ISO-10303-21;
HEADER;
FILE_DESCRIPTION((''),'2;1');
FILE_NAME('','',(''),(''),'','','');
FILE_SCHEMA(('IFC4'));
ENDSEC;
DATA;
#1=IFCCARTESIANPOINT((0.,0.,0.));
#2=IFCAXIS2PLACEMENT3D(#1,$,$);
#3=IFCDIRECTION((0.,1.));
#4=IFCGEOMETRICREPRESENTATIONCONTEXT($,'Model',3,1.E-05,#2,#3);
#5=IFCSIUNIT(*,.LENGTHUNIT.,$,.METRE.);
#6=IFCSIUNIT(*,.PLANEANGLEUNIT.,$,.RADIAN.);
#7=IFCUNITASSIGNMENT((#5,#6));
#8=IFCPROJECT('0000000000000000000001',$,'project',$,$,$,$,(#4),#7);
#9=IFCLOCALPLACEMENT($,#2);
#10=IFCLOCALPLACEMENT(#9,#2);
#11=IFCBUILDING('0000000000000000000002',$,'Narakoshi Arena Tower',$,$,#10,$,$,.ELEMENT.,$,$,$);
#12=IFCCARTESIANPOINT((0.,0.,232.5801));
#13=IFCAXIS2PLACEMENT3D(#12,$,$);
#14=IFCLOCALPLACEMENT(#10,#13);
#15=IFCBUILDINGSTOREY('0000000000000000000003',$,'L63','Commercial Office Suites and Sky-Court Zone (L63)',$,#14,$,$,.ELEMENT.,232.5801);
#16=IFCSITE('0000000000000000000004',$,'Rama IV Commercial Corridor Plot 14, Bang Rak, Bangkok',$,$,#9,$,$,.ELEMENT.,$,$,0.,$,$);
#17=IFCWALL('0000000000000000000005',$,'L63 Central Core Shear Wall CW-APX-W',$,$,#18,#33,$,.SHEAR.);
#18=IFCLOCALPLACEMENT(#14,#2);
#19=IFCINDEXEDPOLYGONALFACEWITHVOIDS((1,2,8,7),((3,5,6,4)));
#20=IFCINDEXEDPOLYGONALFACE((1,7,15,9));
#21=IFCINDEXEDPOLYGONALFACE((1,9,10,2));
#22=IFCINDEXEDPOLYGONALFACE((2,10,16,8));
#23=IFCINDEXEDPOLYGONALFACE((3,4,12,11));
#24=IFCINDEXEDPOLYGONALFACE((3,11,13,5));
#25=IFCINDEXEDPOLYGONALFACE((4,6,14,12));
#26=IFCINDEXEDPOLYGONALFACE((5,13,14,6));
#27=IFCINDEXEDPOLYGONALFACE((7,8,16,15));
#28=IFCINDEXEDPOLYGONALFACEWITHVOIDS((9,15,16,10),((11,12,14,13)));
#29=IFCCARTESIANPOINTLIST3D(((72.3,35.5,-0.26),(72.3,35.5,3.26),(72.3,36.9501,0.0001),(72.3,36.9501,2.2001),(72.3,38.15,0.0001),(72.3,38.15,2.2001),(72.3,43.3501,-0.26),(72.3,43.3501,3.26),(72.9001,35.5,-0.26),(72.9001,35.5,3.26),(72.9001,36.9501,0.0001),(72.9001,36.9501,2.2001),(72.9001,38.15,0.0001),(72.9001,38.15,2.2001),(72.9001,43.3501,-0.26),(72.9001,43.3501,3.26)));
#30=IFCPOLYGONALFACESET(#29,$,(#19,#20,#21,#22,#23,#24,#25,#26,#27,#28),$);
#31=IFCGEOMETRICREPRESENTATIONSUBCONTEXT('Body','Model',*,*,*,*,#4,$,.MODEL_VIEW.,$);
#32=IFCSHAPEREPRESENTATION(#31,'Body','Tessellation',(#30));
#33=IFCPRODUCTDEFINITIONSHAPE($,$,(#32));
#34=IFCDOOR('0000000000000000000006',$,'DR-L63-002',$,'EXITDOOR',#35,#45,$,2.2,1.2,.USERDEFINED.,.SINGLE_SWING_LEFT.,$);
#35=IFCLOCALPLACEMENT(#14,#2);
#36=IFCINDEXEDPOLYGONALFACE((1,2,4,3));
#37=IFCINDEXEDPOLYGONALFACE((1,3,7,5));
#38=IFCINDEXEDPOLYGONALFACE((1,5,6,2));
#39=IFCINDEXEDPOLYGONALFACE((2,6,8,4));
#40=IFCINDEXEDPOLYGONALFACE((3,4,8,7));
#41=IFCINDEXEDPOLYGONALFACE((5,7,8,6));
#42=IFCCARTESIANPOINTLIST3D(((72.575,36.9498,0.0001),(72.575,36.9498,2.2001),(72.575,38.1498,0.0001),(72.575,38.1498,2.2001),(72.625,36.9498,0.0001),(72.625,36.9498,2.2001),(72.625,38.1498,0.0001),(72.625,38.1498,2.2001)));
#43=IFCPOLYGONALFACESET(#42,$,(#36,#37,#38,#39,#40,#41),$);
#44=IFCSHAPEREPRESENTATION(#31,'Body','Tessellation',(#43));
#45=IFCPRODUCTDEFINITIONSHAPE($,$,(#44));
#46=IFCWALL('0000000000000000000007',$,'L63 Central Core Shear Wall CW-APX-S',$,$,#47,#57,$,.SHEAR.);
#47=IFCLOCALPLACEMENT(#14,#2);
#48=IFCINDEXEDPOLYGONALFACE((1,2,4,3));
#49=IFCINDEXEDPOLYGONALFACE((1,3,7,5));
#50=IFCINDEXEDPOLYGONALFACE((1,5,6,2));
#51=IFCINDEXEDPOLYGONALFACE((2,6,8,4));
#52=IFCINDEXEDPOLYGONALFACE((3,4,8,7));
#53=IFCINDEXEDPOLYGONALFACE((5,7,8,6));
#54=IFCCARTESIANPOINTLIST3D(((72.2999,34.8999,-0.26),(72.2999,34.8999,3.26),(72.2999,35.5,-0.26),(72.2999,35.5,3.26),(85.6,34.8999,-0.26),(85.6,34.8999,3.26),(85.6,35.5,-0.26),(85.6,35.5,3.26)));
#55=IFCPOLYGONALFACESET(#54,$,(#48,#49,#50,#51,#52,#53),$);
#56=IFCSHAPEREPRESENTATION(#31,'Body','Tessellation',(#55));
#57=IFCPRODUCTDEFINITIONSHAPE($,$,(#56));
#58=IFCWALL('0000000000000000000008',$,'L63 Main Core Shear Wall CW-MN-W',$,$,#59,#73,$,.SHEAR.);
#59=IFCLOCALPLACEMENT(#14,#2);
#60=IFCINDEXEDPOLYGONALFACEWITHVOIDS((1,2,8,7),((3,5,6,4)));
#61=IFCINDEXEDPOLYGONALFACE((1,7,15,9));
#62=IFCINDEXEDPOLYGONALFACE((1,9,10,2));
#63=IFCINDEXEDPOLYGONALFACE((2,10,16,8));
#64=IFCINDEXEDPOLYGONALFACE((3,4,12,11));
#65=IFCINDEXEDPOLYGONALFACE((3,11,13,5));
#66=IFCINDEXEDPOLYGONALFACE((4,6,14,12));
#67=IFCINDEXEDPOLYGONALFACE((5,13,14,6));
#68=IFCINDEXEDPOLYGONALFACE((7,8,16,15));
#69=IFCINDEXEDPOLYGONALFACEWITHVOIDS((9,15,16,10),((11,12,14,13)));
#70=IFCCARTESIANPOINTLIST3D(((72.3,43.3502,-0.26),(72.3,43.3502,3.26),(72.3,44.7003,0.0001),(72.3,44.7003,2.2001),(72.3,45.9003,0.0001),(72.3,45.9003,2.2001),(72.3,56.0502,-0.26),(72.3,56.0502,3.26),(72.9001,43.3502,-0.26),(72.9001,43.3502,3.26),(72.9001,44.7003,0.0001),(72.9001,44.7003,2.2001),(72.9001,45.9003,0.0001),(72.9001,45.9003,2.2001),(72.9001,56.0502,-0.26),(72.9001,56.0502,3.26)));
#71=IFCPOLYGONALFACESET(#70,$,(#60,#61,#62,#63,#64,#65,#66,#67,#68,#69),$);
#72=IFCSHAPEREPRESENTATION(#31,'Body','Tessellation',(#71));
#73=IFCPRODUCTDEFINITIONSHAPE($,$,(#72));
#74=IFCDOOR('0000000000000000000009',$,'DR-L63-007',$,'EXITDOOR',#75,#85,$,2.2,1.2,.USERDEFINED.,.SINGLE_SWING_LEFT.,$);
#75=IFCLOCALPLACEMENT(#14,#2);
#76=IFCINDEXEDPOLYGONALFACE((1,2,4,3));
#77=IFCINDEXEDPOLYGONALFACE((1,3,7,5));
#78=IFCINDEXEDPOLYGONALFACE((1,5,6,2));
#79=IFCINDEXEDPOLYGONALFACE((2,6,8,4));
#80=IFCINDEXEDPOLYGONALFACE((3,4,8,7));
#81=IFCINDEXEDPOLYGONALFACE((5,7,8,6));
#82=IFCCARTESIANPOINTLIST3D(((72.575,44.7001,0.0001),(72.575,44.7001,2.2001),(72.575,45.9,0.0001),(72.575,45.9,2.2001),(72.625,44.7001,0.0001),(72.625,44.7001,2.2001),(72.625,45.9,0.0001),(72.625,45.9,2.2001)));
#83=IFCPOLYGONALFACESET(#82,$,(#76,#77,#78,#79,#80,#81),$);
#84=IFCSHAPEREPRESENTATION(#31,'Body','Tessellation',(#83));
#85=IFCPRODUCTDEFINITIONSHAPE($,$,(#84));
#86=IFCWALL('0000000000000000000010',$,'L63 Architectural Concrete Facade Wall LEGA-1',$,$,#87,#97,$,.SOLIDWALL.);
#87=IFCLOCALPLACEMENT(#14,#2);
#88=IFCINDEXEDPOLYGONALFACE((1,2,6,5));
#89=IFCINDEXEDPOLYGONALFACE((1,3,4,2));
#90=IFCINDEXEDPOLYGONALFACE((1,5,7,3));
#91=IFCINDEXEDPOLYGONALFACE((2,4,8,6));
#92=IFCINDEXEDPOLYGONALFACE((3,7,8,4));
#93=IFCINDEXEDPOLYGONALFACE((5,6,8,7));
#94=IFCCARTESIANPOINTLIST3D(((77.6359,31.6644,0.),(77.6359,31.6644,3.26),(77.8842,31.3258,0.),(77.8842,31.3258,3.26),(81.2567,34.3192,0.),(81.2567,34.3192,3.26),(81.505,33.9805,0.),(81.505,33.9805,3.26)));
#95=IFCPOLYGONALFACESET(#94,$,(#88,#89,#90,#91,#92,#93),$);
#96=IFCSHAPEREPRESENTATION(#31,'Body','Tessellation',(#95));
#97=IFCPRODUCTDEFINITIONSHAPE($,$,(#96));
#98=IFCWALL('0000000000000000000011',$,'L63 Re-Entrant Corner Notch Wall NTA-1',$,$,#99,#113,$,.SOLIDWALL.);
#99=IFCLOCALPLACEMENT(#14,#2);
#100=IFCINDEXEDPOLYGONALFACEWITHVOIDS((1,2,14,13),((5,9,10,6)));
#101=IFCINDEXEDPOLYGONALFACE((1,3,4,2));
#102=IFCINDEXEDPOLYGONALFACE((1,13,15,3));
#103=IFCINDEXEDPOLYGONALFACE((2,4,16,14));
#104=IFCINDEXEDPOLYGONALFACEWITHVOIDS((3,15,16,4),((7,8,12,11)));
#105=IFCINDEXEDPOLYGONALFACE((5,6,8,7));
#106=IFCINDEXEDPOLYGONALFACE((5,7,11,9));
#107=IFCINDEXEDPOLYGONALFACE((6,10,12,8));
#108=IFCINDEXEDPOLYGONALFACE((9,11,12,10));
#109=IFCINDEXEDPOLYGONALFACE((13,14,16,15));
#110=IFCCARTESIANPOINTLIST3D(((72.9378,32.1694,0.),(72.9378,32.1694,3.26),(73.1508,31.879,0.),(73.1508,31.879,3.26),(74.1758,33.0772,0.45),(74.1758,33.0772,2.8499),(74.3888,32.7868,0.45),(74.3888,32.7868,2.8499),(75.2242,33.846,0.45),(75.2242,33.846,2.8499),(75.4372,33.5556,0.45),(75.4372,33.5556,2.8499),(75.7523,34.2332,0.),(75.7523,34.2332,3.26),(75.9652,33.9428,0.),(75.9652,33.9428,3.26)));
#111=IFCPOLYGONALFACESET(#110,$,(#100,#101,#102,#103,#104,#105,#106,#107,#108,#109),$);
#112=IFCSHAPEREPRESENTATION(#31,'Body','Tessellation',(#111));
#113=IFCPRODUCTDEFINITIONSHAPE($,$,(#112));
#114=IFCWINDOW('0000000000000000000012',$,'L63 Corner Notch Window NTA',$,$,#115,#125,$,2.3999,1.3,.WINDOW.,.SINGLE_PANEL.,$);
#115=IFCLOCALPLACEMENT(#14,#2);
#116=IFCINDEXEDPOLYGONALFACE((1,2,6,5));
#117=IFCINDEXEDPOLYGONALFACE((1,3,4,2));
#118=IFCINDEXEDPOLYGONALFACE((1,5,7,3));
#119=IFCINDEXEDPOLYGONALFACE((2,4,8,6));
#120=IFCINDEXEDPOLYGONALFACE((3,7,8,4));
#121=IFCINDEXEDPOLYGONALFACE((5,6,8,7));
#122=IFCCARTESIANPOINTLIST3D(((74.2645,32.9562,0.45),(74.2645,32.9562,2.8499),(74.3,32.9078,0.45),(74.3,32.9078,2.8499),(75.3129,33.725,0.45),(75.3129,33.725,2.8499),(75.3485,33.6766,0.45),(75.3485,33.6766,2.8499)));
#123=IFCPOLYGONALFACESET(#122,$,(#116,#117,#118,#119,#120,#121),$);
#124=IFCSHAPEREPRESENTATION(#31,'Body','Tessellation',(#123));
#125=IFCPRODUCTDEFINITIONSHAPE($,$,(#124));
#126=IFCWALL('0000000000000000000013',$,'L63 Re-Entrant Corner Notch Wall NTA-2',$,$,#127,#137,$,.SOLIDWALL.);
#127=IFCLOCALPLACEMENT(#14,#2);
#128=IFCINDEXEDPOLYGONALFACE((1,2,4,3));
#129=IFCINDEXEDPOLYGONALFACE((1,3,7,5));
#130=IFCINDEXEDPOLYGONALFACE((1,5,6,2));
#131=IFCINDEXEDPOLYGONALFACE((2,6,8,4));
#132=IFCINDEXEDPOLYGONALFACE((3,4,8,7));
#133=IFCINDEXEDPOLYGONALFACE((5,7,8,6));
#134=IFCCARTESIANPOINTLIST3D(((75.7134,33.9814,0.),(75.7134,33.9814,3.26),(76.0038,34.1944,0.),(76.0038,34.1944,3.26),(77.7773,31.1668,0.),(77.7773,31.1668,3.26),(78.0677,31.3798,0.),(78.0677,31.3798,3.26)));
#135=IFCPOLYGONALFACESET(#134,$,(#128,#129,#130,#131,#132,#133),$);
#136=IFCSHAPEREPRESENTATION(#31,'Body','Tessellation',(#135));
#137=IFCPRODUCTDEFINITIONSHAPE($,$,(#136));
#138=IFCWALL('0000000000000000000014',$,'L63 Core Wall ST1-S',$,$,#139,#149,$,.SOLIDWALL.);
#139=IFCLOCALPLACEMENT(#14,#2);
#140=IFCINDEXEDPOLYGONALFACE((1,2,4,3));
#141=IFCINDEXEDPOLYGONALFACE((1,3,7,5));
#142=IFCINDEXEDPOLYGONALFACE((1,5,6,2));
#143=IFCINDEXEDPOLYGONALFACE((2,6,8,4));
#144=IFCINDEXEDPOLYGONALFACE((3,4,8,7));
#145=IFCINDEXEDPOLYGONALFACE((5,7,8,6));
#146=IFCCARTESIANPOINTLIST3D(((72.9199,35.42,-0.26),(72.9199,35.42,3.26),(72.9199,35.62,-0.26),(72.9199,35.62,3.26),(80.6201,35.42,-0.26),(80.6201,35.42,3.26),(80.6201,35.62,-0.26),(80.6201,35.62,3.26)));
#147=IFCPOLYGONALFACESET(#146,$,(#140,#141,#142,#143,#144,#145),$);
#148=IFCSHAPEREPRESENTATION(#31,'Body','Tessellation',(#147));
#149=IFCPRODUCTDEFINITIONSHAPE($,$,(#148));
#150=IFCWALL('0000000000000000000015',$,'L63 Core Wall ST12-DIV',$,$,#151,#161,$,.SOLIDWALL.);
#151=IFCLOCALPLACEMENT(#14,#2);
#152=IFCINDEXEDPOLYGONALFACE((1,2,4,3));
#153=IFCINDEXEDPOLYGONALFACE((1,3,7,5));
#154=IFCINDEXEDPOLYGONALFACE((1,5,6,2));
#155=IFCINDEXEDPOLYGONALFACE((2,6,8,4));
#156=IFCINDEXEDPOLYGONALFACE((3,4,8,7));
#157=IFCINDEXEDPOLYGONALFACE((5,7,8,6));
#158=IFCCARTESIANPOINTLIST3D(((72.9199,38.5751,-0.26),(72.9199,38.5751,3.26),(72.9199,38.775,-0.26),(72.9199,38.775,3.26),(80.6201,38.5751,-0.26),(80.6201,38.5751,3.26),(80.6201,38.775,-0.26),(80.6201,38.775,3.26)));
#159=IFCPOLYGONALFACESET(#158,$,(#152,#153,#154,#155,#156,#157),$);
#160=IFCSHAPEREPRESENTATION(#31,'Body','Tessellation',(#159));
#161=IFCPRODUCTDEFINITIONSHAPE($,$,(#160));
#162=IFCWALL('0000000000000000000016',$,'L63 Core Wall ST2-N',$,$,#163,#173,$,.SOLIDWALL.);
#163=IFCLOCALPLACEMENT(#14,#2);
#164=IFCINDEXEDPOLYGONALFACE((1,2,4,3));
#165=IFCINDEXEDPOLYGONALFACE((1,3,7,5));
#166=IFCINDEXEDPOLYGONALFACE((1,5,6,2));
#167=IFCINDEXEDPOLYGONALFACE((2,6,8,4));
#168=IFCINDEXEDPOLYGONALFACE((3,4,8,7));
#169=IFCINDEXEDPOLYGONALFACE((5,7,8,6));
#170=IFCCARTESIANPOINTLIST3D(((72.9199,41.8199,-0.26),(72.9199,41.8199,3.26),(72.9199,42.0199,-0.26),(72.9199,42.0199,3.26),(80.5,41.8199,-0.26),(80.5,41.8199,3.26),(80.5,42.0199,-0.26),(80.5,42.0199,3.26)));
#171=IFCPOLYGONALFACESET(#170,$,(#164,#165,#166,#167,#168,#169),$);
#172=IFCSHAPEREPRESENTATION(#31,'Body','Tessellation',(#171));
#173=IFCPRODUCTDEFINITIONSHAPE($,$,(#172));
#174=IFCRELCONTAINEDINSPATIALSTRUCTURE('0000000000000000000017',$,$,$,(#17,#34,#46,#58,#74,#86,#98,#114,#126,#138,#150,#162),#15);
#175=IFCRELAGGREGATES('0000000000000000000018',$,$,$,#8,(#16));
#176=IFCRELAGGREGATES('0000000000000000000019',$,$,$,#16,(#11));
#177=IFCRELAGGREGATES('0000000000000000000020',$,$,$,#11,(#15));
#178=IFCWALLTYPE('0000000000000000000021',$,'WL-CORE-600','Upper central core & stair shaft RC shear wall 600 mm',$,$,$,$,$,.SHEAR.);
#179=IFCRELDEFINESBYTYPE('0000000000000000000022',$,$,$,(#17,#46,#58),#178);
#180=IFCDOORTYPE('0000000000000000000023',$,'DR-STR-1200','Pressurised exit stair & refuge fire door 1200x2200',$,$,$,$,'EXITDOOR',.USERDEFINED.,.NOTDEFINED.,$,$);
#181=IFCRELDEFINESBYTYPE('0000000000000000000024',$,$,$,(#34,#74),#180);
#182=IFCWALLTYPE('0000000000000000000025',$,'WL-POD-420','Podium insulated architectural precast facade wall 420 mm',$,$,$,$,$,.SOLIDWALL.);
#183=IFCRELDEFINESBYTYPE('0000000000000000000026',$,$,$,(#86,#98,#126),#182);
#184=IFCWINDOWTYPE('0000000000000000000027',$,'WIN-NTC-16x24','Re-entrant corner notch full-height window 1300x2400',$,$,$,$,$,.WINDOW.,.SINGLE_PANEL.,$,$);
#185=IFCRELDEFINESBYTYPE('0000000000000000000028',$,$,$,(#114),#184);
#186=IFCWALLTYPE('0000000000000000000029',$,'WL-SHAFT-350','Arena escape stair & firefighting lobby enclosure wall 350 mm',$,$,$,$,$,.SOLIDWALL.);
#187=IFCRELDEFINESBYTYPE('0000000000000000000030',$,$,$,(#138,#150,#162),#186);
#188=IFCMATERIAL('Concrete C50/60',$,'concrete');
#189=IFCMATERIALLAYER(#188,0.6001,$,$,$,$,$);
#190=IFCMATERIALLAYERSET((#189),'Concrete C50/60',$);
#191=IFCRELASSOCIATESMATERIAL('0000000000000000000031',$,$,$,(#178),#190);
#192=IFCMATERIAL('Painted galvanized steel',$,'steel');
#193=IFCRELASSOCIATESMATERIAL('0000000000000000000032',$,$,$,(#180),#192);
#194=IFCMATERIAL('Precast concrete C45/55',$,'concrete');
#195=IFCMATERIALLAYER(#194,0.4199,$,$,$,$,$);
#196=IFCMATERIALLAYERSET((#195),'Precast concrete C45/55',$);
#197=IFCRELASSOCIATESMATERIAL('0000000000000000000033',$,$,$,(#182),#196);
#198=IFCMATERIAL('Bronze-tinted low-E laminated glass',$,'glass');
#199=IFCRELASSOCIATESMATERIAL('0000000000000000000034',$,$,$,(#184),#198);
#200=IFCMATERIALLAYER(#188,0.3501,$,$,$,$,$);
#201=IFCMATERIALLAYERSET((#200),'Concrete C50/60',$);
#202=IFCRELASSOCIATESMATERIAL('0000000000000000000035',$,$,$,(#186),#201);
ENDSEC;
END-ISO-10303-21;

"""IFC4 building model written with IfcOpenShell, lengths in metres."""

from ifc_helpers import new_model, si_unit, direction, frame, frame_2d, origin, place, context, subcontext, project, spatial, rectangle, extrude, material, layer, layer_set, type_object, element, fill, save


model = new_model("IFC4")

# Units and contexts
model_context = context("Model", 3, precision=1e-05, world=origin(), true_north=direction((0.0, 1.0)))
body_context = subcontext(model_context, "Body", "Model", "MODEL_VIEW")
ifc_project = project(units=[si_unit("LENGTHUNIT", "METRE"), si_unit("PLANEANGLEUNIT", "RADIAN")], contexts=[model_context])

# Site, building, storey
site_placement = place(None, origin())
site = spatial("IfcSite", under=ifc_project, at=site_placement, Name="Rama IV Commercial Corridor Plot 14, Bang Rak, Bangkok", CompositionType="ELEMENT", RefElevation=0.0)
building_placement = place(site_placement, origin())
building = spatial("IfcBuilding", under=site, at=building_placement, Name="Narakoshi Arena Tower", CompositionType="ELEMENT")
storey_placement = place(building_placement, frame((0.0, 0.0, 232.5801)))
storey = spatial("IfcBuildingStorey", under=building, at=storey_placement, Name="L63", Description="Commercial Office Suites and Sky-Court Zone (L63)", CompositionType="ELEMENT", Elevation=232.5801)

# Wall, opening, door
ifc_material_1 = material(Name="Concrete C50/60", Category="concrete")
ifc_layer_1 = layer(ifc_material_1, 0.6001)
ifc_layer_set_1 = layer_set([ifc_layer_1], Name="Concrete C50/60")
wall_type_1 = type_object("IfcWallType", Name="WL-CORE-600", Description="Upper central core & stair shaft RC shear wall 600 mm", PredefinedType="SHEAR", material=ifc_layer_set_1)
wall_1_placement = place(storey_placement, frame((72.6001, 35.5, -0.26), z_axis=(0.0, 0.0, 1.0), x_axis=(0.0, 1.0, 0.0)))
wall_1 = element("IfcWall", 1, at=wall_1_placement, inside=storey, type_object=wall_type_1, Name="L63 Central Core Shear Wall CW-APX-W", PredefinedType="SHEAR", context=body_context, shape_type="SweptSolid", body=[
    extrude(rectangle(XDim=7.8501, YDim=0.6001, at=frame_2d((3.925, 0.0))), origin(), (0.0, 0.0, 1.0), 3.52),
])
opening_1_placement = place(wall_1_placement, frame((1.45, 0.0, 0.26)))
opening_1 = element("IfcOpeningElement", 2, at=opening_1_placement, cuts=wall_1, PredefinedType="OPENING", context=body_context, shape_type="SweptSolid", body=[
    extrude(rectangle(XDim=1.2, YDim=2.2, at=frame_2d((0.6001, 1.1001))), frame((0.0, 0.3101, 0.0), z_axis=(0.0, -1.0, 0.0), x_axis=(1.0, 0.0, 0.0)), (0.0, 0.0, 1.0), 0.6201),
])
ifc_material_2 = material(Name="Painted galvanized steel", Category="steel")
door_type = type_object("IfcDoorType", Name="DR-STR-1200", Description="Pressurised exit stair & refuge fire door 1200x2200", ElementType="EXITDOOR", OperationType="NOTDEFINED", PredefinedType="USERDEFINED", material=ifc_material_2)
door_1_placement = place(opening_1_placement, frame((1.2, 0.0, 0.0), z_axis=(0.0, 0.0, 1.0), x_axis=(-1.0, 0.0, 0.0)))
door_1 = element("IfcDoor", 3, at=door_1_placement, inside=storey, type_object=door_type, Name="DR-L63-002", ObjectType="EXITDOOR", OperationType="SINGLE_SWING_LEFT", OverallHeight=2.2, OverallWidth=1.2, PredefinedType="USERDEFINED", context=body_context, shape_type="SweptSolid", body=[
    extrude(rectangle(XDim=1.2, YDim=2.2, at=frame_2d((0.6001, 1.1001))), frame((0.0, 0.0249, 0.0), z_axis=(0.0, -1.0, 0.0), x_axis=(1.0, 0.0, 0.0)), (0.0, 0.0, 1.0), 0.05),
])
fill(opening_1, door_1)

# Wall
wall_2_placement = place(storey_placement, frame((72.3, 35.2, -0.26), z_axis=(0.0, 0.0, 1.0), x_axis=(1.0, 0.0, 0.0)))
element("IfcWall", 4, at=wall_2_placement, inside=storey, type_object=wall_type_1, Name="L63 Central Core Shear Wall CW-APX-S", PredefinedType="SHEAR", context=body_context, shape_type="SweptSolid", body=[
    extrude(rectangle(XDim=13.3, YDim=0.6001, at=frame_2d((6.6499, 0.0))), origin(), (0.0, 0.0, 1.0), 3.52),
])

# Wall, opening, door
wall_3_placement = place(storey_placement, frame((72.6001, 43.3501, -0.26), z_axis=(0.0, 0.0, 1.0), x_axis=(0.0, 1.0, 0.0)))
wall_3 = element("IfcWall", 5, at=wall_3_placement, inside=storey, type_object=wall_type_1, Name="L63 Main Core Shear Wall CW-MN-W", PredefinedType="SHEAR", context=body_context, shape_type="SweptSolid", body=[
    extrude(rectangle(XDim=12.7, YDim=0.6001, at=frame_2d((6.3501, 0.0))), origin(), (0.0, 0.0, 1.0), 3.52),
])
opening_2_placement = place(wall_3_placement, frame((1.3501, 0.0, 0.26)))
opening_2 = element("IfcOpeningElement", 6, at=opening_2_placement, cuts=wall_3, PredefinedType="OPENING", context=body_context, shape_type="SweptSolid", body=[
    extrude(rectangle(XDim=1.2, YDim=2.2, at=frame_2d((0.6001, 1.1001))), frame((0.0, 0.3101, 0.0), z_axis=(0.0, -1.0, 0.0), x_axis=(1.0, 0.0, 0.0)), (0.0, 0.0, 1.0), 0.6201),
])
door_2_placement = place(opening_2_placement, frame((1.2, 0.0, 0.0), z_axis=(0.0, 0.0, 1.0), x_axis=(-1.0, 0.0, 0.0)))
door_2 = element("IfcDoor", 7, at=door_2_placement, inside=storey, type_object=door_type, Name="DR-L63-007", ObjectType="EXITDOOR", OperationType="SINGLE_SWING_LEFT", OverallHeight=2.2, OverallWidth=1.2, PredefinedType="USERDEFINED", context=body_context, shape_type="SweptSolid", body=[
    extrude(rectangle(XDim=1.2, YDim=2.2, at=frame_2d((0.6001, 1.1001))), frame((0.0, 0.0249, 0.0), z_axis=(0.0, -1.0, 0.0), x_axis=(1.0, 0.0, 0.0)), (0.0, 0.0, 1.0), 0.05),
])
fill(opening_2, door_2)

# Wall
ifc_material_3 = material(Name="Precast concrete C45/55", Category="concrete")
ifc_layer_2 = layer(ifc_material_3, 0.4199)
ifc_layer_set_2 = layer_set([ifc_layer_2], Name="Precast concrete C45/55")
wall_type_2 = type_object("IfcWallType", Name="WL-POD-420", Description="Podium insulated architectural precast facade wall 420 mm", PredefinedType="SOLIDWALL", material=ifc_layer_set_2)
wall_4_placement = place(storey_placement, frame((77.76, 31.4951, 0.0), z_axis=(0.0, 0.0, 1.0), x_axis=(0.806459, 0.591291, 0.0)))
element("IfcWall", 8, at=wall_4_placement, inside=storey, type_object=wall_type_2, Name="L63 Architectural Concrete Facade Wall LEGA-1", PredefinedType="SOLIDWALL", context=body_context, shape_type="SweptSolid", body=[
    extrude(rectangle(XDim=4.4897, YDim=0.4199, at=frame_2d((2.2449, 0.0))), origin(), (0.0, 0.0, 1.0), 3.26),
])

# Wall, opening, window
wall_5_placement = place(storey_placement, frame((73.0442, 32.0242, 0.0), z_axis=(0.0, 0.0, 1.0), x_axis=(0.806434, 0.591324, 0.0)))
wall_5 = element("IfcWall", 9, at=wall_5_placement, inside=storey, type_object=wall_type_2, Name="L63 Re-Entrant Corner Notch Wall NTA-1", PredefinedType="SOLIDWALL", context=body_context, shape_type="SweptSolid", body=[
    extrude(rectangle(XDim=3.49, YDim=0.3601, at=frame_2d((1.7451, 0.0))), origin(), (0.0, 0.0, 1.0), 3.26),
])
opening_3_placement = place(wall_5_placement, frame((1.5354, 0.0, 0.45)))
opening_3 = element("IfcOpeningElement", 10, at=opening_3_placement, cuts=wall_5, PredefinedType="OPENING", context=body_context, shape_type="SweptSolid", body=[
    extrude(rectangle(XDim=1.3, YDim=2.3999, at=frame_2d((0.6499, 1.2))), frame((0.0, 0.1899, 0.0), z_axis=(0.0, -1.0, 0.0), x_axis=(1.0, 0.0, 0.0)), (0.0, 0.0, 1.0), 0.3801),
])
ifc_material_4 = material(Name="Bronze-tinted low-E laminated glass", Category="glass")
window_type = type_object("IfcWindowType", Name="WIN-NTC-16x24", Description="Re-entrant corner notch full-height window 1300x2400", PartitioningType="SINGLE_PANEL", PredefinedType="WINDOW", material=ifc_material_4)
window_placement = place(opening_3_placement, origin())
window = element("IfcWindow", 11, at=window_placement, inside=storey, type_object=window_type, Name="L63 Corner Notch Window NTA", OverallHeight=2.3999, OverallWidth=1.3, PartitioningType="SINGLE_PANEL", PredefinedType="WINDOW", context=body_context, shape_type="SweptSolid", body=[
    extrude(rectangle(XDim=1.3, YDim=2.3999, at=frame_2d((0.6499, 1.2))), frame((0.0, 0.03, 0.0), z_axis=(0.0, -1.0, 0.0), x_axis=(1.0, 0.0, 0.0)), (0.0, 0.0, 1.0), 0.0601),
])
fill(opening_3, window)

# Walls
wall_6_placement = place(storey_placement, frame((75.8586, 34.0879, 0.0), z_axis=(0.0, 0.0, 1.0), x_axis=(0.591336, -0.806425, 0.0)))
element("IfcWall", 12, at=wall_6_placement, inside=storey, type_object=wall_type_2, Name="L63 Re-Entrant Corner Notch Wall NTA-2", PredefinedType="SOLIDWALL", context=body_context, shape_type="SweptSolid", body=[
    extrude(rectangle(XDim=3.4902, YDim=0.3601, at=frame_2d((1.7451, 0.0))), origin(), (0.0, 0.0, 1.0), 3.26),
])
ifc_layer_3 = layer(ifc_material_1, 0.3501)
ifc_layer_set_3 = layer_set([ifc_layer_3], Name="Concrete C50/60")
wall_type_3 = type_object("IfcWallType", Name="WL-SHAFT-350", Description="Arena escape stair & firefighting lobby enclosure wall 350 mm", PredefinedType="SOLIDWALL", material=ifc_layer_set_3)
for number, where, z_axis, x_axis, name in (
    (13, (72.9199, 35.52, -0.26), (0.0, 0.0, 1.0), (1.0, 0.0, 0.0), "L63 Core Wall ST1-S"),
    (14, (72.9199, 38.675, -0.26), (0.0, 0.0, 1.0), (1.0, 0.0, 0.0), "L63 Core Wall ST12-DIV"),
):
    element("IfcWall", number, at=place(storey_placement, frame(where, z_axis=z_axis, x_axis=x_axis)), inside=storey, type_object=wall_type_3, Name=name, PredefinedType="SOLIDWALL", context=body_context, shape_type="SweptSolid", body=[
        extrude(rectangle(XDim=7.7002, YDim=0.2, at=frame_2d((3.8501, 0.0))), origin(), (0.0, 0.0, 1.0), 3.52),
    ])
wall_7_placement = place(storey_placement, frame((72.9199, 41.9199, -0.26), z_axis=(0.0, 0.0, 1.0), x_axis=(1.0, 0.0, 0.0)))
element("IfcWall", 15, at=wall_7_placement, inside=storey, type_object=wall_type_3, Name="L63 Core Wall ST2-N", PredefinedType="SOLIDWALL", context=body_context, shape_type="SweptSolid", body=[
    extrude(rectangle(XDim=7.5801, YDim=0.2, at=frame_2d((3.79, 0.0))), origin(), (0.0, 0.0, 1.0), 3.52),
])

save(model, "model.ifc")
